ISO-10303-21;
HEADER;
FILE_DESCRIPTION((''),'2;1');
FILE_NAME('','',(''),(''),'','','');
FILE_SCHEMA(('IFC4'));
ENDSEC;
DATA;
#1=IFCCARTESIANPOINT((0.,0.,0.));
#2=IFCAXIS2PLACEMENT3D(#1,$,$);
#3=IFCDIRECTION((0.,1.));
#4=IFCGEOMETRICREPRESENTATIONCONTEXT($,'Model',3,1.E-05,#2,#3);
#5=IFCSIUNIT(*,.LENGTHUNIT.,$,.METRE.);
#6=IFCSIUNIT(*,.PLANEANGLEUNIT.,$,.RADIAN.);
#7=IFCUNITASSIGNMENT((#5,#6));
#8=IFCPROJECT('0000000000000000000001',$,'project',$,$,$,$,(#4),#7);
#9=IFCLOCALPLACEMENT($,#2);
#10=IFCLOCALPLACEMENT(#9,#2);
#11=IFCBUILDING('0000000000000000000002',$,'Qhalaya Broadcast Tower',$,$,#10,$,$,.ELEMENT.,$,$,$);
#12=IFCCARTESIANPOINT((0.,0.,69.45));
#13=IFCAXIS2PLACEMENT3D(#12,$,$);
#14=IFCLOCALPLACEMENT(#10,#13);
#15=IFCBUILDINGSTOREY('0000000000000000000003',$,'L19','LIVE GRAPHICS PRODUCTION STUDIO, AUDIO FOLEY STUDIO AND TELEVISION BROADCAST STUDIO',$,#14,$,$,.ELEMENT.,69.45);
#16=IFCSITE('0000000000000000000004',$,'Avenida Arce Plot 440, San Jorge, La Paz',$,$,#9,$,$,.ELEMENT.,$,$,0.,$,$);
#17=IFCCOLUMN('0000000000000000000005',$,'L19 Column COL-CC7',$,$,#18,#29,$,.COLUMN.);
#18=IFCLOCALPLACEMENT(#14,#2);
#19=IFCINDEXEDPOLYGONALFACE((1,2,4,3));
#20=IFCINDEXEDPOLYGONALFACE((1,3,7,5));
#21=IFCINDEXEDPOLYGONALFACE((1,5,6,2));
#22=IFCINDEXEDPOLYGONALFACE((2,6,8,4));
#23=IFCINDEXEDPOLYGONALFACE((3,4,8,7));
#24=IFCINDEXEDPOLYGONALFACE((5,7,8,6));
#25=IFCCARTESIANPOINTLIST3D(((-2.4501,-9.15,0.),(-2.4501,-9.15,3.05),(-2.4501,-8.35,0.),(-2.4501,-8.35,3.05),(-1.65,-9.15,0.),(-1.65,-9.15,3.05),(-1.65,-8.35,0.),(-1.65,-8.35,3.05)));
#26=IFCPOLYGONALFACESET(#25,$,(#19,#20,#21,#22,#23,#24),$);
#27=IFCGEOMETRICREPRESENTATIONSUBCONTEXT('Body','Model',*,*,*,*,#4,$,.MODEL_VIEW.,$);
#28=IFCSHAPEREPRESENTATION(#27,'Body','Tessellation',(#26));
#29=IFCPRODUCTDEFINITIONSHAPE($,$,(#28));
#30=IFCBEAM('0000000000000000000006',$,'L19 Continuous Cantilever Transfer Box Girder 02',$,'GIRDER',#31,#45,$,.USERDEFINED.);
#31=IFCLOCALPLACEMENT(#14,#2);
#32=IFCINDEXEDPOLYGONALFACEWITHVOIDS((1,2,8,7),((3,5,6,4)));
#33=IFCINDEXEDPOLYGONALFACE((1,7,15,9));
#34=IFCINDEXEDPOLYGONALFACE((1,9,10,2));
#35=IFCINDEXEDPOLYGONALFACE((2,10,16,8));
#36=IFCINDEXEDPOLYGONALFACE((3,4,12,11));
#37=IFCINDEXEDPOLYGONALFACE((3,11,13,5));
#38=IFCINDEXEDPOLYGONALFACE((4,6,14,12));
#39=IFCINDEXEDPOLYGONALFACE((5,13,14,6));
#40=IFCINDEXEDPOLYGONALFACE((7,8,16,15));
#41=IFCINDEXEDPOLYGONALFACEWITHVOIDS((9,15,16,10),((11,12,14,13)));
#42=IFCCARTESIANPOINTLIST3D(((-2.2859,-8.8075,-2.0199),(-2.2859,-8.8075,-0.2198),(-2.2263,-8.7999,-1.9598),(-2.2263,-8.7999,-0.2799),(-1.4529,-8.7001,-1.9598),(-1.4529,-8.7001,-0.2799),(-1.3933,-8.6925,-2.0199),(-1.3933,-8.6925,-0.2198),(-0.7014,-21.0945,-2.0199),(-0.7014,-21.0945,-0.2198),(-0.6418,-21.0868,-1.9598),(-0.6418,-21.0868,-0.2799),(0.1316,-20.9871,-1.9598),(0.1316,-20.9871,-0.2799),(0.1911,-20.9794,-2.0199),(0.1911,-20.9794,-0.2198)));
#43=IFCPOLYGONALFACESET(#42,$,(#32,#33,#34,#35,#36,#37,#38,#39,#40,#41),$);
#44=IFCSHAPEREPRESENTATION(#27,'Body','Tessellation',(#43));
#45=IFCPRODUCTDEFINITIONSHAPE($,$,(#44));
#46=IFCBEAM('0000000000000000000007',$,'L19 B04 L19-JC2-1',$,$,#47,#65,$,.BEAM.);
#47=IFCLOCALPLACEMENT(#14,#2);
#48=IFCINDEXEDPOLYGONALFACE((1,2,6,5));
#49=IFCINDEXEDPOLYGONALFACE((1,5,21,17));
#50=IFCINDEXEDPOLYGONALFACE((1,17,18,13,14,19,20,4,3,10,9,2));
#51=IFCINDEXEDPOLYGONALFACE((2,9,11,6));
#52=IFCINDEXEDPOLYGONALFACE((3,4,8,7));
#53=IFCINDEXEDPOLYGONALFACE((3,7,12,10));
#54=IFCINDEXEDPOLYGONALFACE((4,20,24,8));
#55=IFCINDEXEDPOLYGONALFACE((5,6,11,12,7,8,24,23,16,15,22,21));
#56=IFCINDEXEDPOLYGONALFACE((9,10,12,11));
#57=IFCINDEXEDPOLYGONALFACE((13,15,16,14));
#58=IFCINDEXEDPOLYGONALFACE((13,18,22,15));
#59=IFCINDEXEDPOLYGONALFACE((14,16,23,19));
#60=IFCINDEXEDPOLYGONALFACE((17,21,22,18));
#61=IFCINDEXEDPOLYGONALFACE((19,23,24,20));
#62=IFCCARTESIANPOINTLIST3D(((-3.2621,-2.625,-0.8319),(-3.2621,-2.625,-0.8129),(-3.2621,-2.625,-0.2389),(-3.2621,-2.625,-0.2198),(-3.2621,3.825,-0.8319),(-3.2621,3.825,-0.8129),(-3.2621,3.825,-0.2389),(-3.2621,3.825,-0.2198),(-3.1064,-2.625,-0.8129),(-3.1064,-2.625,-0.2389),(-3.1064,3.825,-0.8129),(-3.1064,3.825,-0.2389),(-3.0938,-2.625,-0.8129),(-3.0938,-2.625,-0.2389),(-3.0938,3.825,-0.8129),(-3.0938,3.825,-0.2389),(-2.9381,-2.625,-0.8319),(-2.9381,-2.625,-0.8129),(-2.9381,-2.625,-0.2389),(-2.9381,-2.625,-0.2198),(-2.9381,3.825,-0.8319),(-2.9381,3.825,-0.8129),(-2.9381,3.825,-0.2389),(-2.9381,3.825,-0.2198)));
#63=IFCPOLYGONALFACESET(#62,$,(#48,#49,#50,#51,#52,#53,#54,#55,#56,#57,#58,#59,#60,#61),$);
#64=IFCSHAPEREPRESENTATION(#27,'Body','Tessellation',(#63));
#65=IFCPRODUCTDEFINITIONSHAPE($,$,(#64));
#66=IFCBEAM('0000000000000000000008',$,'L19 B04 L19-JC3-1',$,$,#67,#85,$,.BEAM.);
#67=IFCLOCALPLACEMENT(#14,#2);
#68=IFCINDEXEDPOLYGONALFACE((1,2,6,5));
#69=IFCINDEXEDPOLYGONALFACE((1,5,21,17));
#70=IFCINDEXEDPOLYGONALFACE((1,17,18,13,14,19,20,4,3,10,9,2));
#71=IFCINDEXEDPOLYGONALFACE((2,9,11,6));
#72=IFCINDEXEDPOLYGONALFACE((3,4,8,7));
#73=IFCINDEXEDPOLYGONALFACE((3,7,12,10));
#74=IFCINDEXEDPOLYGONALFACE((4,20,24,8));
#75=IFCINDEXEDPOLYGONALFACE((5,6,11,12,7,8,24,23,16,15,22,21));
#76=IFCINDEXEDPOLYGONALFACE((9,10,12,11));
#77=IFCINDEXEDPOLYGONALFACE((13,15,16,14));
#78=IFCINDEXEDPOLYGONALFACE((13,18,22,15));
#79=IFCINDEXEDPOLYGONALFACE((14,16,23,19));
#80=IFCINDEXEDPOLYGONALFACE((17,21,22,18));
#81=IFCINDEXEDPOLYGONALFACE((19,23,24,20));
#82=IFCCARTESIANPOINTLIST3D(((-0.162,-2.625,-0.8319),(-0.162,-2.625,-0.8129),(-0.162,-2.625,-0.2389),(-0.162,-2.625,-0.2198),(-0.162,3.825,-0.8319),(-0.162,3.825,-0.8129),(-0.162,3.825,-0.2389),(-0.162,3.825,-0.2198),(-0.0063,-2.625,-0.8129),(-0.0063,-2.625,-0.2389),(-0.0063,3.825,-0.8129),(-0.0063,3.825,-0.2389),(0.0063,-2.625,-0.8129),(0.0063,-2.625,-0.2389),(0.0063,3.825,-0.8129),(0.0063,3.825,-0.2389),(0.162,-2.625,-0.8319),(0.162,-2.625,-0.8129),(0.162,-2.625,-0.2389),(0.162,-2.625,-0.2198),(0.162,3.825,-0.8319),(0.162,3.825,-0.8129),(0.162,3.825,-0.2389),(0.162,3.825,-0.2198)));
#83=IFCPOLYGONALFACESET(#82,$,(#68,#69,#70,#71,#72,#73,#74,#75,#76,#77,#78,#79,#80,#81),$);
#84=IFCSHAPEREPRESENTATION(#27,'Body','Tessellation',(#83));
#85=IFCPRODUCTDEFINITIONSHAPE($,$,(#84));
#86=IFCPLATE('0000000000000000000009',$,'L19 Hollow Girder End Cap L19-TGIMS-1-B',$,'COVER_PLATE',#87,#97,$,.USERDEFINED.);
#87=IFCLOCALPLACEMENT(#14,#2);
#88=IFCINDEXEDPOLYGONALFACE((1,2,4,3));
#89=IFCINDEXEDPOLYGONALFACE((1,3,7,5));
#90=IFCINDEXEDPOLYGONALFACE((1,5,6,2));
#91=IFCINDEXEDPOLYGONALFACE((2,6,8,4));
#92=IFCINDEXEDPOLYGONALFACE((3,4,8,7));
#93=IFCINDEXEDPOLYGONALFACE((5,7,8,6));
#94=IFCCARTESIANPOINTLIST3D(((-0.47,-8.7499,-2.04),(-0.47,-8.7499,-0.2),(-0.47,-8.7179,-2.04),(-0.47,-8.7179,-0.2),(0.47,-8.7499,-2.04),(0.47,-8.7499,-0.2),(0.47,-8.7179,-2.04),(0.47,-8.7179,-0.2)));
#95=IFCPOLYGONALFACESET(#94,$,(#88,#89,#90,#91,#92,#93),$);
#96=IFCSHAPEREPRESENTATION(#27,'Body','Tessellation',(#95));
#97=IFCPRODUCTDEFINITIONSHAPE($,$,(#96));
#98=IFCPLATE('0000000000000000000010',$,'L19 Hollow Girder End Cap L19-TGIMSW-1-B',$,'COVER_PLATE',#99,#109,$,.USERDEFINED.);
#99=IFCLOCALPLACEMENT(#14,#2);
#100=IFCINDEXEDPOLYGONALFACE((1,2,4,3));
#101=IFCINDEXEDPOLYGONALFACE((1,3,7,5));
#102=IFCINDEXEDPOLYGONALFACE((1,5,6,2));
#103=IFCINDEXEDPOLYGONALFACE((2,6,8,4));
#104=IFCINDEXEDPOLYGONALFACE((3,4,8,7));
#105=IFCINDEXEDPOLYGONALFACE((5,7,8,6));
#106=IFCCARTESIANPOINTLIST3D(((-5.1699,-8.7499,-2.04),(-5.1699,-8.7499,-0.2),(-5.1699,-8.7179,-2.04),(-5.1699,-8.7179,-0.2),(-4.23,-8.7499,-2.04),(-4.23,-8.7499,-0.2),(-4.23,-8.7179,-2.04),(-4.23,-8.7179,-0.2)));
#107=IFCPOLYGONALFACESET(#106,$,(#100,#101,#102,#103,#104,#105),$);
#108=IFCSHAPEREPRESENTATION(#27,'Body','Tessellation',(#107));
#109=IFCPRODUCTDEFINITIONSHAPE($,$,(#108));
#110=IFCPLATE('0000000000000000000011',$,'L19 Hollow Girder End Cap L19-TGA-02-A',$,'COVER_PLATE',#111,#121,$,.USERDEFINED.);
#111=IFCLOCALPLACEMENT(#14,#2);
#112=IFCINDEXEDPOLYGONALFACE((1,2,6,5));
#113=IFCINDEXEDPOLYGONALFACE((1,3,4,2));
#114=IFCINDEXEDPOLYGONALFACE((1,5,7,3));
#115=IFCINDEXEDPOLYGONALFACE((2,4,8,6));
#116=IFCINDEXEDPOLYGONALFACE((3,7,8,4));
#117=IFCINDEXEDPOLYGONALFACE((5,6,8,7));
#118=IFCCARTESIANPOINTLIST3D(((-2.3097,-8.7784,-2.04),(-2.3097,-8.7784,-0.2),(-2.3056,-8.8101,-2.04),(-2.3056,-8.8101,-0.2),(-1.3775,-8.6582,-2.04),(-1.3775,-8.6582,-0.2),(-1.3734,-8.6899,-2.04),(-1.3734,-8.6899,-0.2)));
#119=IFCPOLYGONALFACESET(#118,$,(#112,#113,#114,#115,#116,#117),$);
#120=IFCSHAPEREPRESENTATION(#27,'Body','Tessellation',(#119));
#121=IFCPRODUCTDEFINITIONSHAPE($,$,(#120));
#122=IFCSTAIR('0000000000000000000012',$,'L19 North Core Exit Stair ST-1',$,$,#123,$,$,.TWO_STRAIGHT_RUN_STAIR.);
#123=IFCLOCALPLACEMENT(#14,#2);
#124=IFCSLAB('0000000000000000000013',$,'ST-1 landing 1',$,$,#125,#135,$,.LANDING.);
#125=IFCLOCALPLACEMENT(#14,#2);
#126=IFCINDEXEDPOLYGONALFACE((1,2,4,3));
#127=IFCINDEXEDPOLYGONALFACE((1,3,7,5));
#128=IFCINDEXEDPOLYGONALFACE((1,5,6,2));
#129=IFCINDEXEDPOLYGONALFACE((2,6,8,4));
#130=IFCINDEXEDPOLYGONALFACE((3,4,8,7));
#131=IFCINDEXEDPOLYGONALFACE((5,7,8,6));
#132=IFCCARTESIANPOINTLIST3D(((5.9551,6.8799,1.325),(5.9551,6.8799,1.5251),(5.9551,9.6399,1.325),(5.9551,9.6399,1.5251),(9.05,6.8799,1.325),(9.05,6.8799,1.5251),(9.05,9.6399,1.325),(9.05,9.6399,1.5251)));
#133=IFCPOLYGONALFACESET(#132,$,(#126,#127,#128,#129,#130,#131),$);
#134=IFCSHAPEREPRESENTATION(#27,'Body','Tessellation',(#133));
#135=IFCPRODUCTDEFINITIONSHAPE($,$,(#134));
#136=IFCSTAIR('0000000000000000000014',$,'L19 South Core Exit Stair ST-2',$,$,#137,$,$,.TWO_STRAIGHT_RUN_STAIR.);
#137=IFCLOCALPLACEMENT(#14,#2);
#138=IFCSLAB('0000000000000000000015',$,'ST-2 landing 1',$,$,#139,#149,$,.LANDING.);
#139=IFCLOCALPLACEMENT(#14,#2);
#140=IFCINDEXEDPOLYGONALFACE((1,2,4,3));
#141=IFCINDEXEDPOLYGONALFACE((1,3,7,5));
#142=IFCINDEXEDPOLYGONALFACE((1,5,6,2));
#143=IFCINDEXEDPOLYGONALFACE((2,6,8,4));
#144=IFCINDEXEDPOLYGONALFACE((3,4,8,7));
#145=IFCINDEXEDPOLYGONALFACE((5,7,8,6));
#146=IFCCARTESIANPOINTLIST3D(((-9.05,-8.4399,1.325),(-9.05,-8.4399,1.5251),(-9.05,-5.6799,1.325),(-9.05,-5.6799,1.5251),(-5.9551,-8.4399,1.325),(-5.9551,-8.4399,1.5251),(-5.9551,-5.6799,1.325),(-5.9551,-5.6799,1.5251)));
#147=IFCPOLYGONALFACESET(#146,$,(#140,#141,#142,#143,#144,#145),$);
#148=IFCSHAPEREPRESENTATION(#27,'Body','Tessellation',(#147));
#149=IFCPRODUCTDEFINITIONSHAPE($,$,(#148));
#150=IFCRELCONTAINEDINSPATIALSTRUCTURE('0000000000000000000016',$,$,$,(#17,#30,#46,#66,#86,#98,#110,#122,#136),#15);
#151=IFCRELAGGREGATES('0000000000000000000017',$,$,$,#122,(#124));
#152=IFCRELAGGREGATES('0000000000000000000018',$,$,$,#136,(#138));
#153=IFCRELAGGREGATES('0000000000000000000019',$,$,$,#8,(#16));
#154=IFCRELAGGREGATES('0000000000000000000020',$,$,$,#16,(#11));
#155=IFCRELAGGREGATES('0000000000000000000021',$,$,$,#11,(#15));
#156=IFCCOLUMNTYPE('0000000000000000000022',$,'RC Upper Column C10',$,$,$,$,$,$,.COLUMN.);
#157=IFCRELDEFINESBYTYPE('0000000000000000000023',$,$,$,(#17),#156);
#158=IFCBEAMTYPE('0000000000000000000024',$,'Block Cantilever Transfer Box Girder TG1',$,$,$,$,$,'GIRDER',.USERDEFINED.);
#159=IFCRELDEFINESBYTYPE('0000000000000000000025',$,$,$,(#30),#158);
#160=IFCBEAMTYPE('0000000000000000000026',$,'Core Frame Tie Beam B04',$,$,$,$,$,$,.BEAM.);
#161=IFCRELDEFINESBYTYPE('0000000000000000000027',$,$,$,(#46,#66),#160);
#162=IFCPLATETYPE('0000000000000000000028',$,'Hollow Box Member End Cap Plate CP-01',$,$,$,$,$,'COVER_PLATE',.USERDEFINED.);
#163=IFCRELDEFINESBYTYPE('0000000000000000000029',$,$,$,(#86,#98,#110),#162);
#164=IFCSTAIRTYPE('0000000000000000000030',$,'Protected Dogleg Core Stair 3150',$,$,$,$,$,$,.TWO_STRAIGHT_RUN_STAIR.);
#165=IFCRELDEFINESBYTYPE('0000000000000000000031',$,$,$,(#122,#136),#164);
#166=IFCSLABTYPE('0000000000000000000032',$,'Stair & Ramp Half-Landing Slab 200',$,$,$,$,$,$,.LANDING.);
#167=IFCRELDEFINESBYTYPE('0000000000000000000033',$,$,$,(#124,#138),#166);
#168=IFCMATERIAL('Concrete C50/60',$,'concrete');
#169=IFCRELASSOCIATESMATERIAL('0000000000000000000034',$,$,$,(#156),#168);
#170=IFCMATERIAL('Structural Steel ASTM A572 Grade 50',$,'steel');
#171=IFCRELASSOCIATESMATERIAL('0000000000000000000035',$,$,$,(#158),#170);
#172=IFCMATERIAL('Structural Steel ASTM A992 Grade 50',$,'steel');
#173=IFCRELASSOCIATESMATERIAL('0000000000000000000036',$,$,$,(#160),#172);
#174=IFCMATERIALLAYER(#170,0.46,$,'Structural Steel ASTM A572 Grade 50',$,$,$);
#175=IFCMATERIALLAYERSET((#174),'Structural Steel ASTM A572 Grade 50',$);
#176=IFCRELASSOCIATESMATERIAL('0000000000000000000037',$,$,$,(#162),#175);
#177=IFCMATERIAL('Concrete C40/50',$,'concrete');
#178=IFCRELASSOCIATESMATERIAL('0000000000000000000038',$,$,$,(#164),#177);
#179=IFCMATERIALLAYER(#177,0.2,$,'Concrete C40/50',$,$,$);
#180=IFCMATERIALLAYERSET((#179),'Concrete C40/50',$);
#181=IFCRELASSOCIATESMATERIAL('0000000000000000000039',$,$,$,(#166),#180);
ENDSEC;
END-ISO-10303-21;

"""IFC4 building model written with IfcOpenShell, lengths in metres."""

from ifc_helpers import new_model, si_unit, direction, frame, origin, origin_2d, place, context, subcontext, project, spatial, polyline, rectangle, hollow_rectangle, i_section, outline, extrude, material, layer, layer_set, material_profile, profile_set, type_object, element, aggregate, save


model = new_model("IFC4")

# Units and contexts
model_context = context("Model", 3, precision=1e-05, world=origin(), true_north=direction((0.0, 1.0)))
body_context = subcontext(model_context, "Body", "Model", "MODEL_VIEW")
ifc_project = project(units=[si_unit("LENGTHUNIT", "METRE"), si_unit("PLANEANGLEUNIT", "RADIAN")], contexts=[model_context])

# Site, building, storey
site_placement = place(None, origin())
site = spatial("IfcSite", under=ifc_project, at=site_placement, Name="Avenida Arce Plot 440, San Jorge, La Paz", CompositionType="ELEMENT", RefElevation=0.0)
building_placement = place(site_placement, origin())
building = spatial("IfcBuilding", under=site, at=building_placement, Name="Qhalaya Broadcast Tower", CompositionType="ELEMENT")
storey_placement = place(building_placement, frame((0.0, 0.0, 69.45)))
storey = spatial("IfcBuildingStorey", under=building, at=storey_placement, Name="L19", Description="LIVE GRAPHICS PRODUCTION STUDIO, AUDIO FOLEY STUDIO AND TELEVISION BROADCAST STUDIO", CompositionType="ELEMENT", Elevation=69.45)

# Column
ifc_material_1 = material(Name="Concrete C50/60", Category="concrete")
ifc_material_profile_1 = material_profile(ifc_material_1, rectangle(XDim=0.8, YDim=0.8, at=origin_2d()), Name="RC-COL 800x800")
ifc_profile_set_1 = profile_set([ifc_material_profile_1], Name="Concrete C50/60")
column_type = type_object("IfcColumnType", Name="RC Upper Column C10", PredefinedType="COLUMN", material=ifc_profile_set_1)
column_placement = place(storey_placement, frame((-2.05, -8.75, 0.0), z_axis=(0.0, 0.0, 1.0), x_axis=(1.0, 0.0, 0.0)))
element("IfcColumn", 1, at=column_placement, inside=storey, type_object=column_type, Name="L19 Column COL-CC7", PredefinedType="COLUMN", context=body_context, shape_type="SweptSolid", body=[
    extrude(rectangle(XDim=0.8, YDim=0.8, at=origin_2d()), origin(), (0.0, 0.0, 1.0), 3.05),
])

# Beams
ifc_material_2 = material(Name="Structural Steel ASTM A572 Grade 50", Category="steel")
ifc_material_profile_2 = material_profile(ifc_material_2, hollow_rectangle(XDim=0.8999, YDim=1.8, WallThickness=0.0601, at=origin_2d()), Name="BOX 900x1800x60")
ifc_profile_set_2 = profile_set([ifc_material_profile_2], Name="Structural Steel ASTM A572 Grade 50")
beam_type_1 = type_object("IfcBeamType", Name="Block Cantilever Transfer Box Girder TG1", ElementType="GIRDER", PredefinedType="USERDEFINED", material=ifc_profile_set_2)
beam_placement = place(storey_placement, frame((-1.8396, -8.75, -1.1199), z_axis=(0.127898, -0.991787, 0.0), x_axis=(0.991787, 0.127898, 0.0)))
element("IfcBeam", 2, at=beam_placement, inside=storey, type_object=beam_type_1, Name="L19 Continuous Cantilever Transfer Box Girder 02", ObjectType="GIRDER", PredefinedType="USERDEFINED", context=body_context, shape_type="SweptSolid", body=[
    extrude(hollow_rectangle(XDim=0.8999, YDim=1.8, WallThickness=0.0601, at=origin_2d()), origin(), (0.0, 0.0, 1.0), 12.3887),
])
ifc_material_3 = material(Name="Structural Steel ASTM A992 Grade 50", Category="steel")
ifc_material_profile_3 = material_profile(ifc_material_3, i_section(OverallWidth=0.324, OverallDepth=0.6121, WebThickness=0.0127, FlangeThickness=0.019, at=origin_2d()), Name="W24X104")
ifc_profile_set_3 = profile_set([ifc_material_profile_3], Name="Structural Steel ASTM A992 Grade 50")
beam_type_2 = type_object("IfcBeamType", Name="Core Frame Tie Beam B04", PredefinedType="BEAM", material=ifc_profile_set_3)
for number, where, z_axis, x_axis, name in (
    (3, (-3.1001, -2.625, -0.5259), (0.0, 1.0, 0.0), (-1.0, 0.0, 0.0), "L19 B04 L19-JC2-1"),
    (4, (0.0, -2.625, -0.5259), (0.0, 1.0, 0.0), (-1.0, 0.0, 0.0), "L19 B04 L19-JC3-1"),
):
    element("IfcBeam", number, at=place(storey_placement, frame(where, z_axis=z_axis, x_axis=x_axis)), inside=storey, type_object=beam_type_2, Name=name, PredefinedType="BEAM", context=body_context, shape_type="SweptSolid", body=[
        extrude(i_section(OverallWidth=0.324, OverallDepth=0.6121, WebThickness=0.0127, FlangeThickness=0.019, at=origin_2d()), origin(), (0.0, 0.0, 1.0), 6.45),
    ])

# Plates
ifc_layer_1 = layer(ifc_material_2, 0.46, Name="Structural Steel ASTM A572 Grade 50")
ifc_layer_set_1 = layer_set([ifc_layer_1], Name="Structural Steel ASTM A572 Grade 50")
plate_type = type_object("IfcPlateType", Name="Hollow Box Member End Cap Plate CP-01", ElementType="COVER_PLATE", PredefinedType="USERDEFINED", material=ifc_layer_set_1)
for number, where, z_axis, x_axis, name in (
    (5, (0.0, -8.7339, -2.04), (0.0, 0.0, 1.0), (-1.0, 0.0, 0.0), "L19 Hollow Girder End Cap L19-TGIMS-1-B"),
    (6, (-4.7, -8.7339, -2.04), (0.0, 0.0, 1.0), (-1.0, 0.0, 0.0), "L19 Hollow Girder End Cap L19-TGIMSW-1-B"),
    (7, (-1.8416, -8.7341, -2.04), (0.0, 0.0, 1.0), (0.991788, 0.127896, 0.0), "L19 Hollow Girder End Cap L19-TGA-02-A"),
):
    element("IfcPlate", number, at=place(storey_placement, frame(where, z_axis=z_axis, x_axis=x_axis)), inside=storey, type_object=plate_type, Name=name, ObjectType="COVER_PLATE", PredefinedType="USERDEFINED", context=body_context, shape_type="SweptSolid", body=[
        extrude(rectangle(XDim=0.9399, YDim=0.032, at=origin_2d()), origin(), (0.0, 0.0, 1.0), 1.8401),
    ])

# Stairs, slabs
ifc_material_4 = material(Name="Concrete C40/50", Category="concrete")
stair_type = type_object("IfcStairType", Name="Protected Dogleg Core Stair 3150", PredefinedType="TWO_STRAIGHT_RUN_STAIR", material=ifc_material_4)
stair_1_placement = place(storey_placement, origin())
stair_1 = element("IfcStair", 8, at=stair_1_placement, inside=storey, type_object=stair_type, Name="L19 North Core Exit Stair ST-1", PredefinedType="TWO_STRAIGHT_RUN_STAIR")
ifc_layer_2 = layer(ifc_material_4, 0.2, Name="Concrete C40/50")
ifc_layer_set_2 = layer_set([ifc_layer_2], Name="Concrete C40/50")
slab_type_1 = type_object("IfcSlabType", Name="Stair & Ramp Half-Landing Slab 200", PredefinedType="LANDING", material=ifc_layer_set_2)
slab_1_placement = place(storey_placement, frame((0.0, 0.0, 1.325)))
slab_1 = element("IfcSlab", 9, at=slab_1_placement, type_object=slab_type_1, Name="ST-1 landing 1", PredefinedType="LANDING", context=body_context, shape_type="SweptSolid", body=[
    extrude(outline(polyline([(5.9551, 6.8799), (9.05, 6.8799), (9.05, 9.6399), (5.9551, 9.6399), (5.9551, 6.8799)])), origin(), (0.0, 0.0, 1.0), 0.2002),
])
aggregate(stair_1, [slab_1])
stair_2_placement = place(storey_placement, origin())
stair_2 = element("IfcStair", 10, at=stair_2_placement, inside=storey, type_object=stair_type, Name="L19 South Core Exit Stair ST-2", PredefinedType="TWO_STRAIGHT_RUN_STAIR")
slab_2_placement = place(storey_placement, frame((0.0, 0.0, 1.325)))
slab_2 = element("IfcSlab", 11, at=slab_2_placement, type_object=slab_type_1, Name="ST-2 landing 1", PredefinedType="LANDING", context=body_context, shape_type="SweptSolid", body=[
    extrude(outline(polyline([(-5.9551, -5.6799), (-9.05, -5.6799), (-9.05, -8.4399), (-5.9551, -8.4399), (-5.9551, -5.6799)])), origin(), (0.0, 0.0, 1.0), 0.2002),
])

aggregate(stair_2, [slab_2])

save(model, "model.ifc")
